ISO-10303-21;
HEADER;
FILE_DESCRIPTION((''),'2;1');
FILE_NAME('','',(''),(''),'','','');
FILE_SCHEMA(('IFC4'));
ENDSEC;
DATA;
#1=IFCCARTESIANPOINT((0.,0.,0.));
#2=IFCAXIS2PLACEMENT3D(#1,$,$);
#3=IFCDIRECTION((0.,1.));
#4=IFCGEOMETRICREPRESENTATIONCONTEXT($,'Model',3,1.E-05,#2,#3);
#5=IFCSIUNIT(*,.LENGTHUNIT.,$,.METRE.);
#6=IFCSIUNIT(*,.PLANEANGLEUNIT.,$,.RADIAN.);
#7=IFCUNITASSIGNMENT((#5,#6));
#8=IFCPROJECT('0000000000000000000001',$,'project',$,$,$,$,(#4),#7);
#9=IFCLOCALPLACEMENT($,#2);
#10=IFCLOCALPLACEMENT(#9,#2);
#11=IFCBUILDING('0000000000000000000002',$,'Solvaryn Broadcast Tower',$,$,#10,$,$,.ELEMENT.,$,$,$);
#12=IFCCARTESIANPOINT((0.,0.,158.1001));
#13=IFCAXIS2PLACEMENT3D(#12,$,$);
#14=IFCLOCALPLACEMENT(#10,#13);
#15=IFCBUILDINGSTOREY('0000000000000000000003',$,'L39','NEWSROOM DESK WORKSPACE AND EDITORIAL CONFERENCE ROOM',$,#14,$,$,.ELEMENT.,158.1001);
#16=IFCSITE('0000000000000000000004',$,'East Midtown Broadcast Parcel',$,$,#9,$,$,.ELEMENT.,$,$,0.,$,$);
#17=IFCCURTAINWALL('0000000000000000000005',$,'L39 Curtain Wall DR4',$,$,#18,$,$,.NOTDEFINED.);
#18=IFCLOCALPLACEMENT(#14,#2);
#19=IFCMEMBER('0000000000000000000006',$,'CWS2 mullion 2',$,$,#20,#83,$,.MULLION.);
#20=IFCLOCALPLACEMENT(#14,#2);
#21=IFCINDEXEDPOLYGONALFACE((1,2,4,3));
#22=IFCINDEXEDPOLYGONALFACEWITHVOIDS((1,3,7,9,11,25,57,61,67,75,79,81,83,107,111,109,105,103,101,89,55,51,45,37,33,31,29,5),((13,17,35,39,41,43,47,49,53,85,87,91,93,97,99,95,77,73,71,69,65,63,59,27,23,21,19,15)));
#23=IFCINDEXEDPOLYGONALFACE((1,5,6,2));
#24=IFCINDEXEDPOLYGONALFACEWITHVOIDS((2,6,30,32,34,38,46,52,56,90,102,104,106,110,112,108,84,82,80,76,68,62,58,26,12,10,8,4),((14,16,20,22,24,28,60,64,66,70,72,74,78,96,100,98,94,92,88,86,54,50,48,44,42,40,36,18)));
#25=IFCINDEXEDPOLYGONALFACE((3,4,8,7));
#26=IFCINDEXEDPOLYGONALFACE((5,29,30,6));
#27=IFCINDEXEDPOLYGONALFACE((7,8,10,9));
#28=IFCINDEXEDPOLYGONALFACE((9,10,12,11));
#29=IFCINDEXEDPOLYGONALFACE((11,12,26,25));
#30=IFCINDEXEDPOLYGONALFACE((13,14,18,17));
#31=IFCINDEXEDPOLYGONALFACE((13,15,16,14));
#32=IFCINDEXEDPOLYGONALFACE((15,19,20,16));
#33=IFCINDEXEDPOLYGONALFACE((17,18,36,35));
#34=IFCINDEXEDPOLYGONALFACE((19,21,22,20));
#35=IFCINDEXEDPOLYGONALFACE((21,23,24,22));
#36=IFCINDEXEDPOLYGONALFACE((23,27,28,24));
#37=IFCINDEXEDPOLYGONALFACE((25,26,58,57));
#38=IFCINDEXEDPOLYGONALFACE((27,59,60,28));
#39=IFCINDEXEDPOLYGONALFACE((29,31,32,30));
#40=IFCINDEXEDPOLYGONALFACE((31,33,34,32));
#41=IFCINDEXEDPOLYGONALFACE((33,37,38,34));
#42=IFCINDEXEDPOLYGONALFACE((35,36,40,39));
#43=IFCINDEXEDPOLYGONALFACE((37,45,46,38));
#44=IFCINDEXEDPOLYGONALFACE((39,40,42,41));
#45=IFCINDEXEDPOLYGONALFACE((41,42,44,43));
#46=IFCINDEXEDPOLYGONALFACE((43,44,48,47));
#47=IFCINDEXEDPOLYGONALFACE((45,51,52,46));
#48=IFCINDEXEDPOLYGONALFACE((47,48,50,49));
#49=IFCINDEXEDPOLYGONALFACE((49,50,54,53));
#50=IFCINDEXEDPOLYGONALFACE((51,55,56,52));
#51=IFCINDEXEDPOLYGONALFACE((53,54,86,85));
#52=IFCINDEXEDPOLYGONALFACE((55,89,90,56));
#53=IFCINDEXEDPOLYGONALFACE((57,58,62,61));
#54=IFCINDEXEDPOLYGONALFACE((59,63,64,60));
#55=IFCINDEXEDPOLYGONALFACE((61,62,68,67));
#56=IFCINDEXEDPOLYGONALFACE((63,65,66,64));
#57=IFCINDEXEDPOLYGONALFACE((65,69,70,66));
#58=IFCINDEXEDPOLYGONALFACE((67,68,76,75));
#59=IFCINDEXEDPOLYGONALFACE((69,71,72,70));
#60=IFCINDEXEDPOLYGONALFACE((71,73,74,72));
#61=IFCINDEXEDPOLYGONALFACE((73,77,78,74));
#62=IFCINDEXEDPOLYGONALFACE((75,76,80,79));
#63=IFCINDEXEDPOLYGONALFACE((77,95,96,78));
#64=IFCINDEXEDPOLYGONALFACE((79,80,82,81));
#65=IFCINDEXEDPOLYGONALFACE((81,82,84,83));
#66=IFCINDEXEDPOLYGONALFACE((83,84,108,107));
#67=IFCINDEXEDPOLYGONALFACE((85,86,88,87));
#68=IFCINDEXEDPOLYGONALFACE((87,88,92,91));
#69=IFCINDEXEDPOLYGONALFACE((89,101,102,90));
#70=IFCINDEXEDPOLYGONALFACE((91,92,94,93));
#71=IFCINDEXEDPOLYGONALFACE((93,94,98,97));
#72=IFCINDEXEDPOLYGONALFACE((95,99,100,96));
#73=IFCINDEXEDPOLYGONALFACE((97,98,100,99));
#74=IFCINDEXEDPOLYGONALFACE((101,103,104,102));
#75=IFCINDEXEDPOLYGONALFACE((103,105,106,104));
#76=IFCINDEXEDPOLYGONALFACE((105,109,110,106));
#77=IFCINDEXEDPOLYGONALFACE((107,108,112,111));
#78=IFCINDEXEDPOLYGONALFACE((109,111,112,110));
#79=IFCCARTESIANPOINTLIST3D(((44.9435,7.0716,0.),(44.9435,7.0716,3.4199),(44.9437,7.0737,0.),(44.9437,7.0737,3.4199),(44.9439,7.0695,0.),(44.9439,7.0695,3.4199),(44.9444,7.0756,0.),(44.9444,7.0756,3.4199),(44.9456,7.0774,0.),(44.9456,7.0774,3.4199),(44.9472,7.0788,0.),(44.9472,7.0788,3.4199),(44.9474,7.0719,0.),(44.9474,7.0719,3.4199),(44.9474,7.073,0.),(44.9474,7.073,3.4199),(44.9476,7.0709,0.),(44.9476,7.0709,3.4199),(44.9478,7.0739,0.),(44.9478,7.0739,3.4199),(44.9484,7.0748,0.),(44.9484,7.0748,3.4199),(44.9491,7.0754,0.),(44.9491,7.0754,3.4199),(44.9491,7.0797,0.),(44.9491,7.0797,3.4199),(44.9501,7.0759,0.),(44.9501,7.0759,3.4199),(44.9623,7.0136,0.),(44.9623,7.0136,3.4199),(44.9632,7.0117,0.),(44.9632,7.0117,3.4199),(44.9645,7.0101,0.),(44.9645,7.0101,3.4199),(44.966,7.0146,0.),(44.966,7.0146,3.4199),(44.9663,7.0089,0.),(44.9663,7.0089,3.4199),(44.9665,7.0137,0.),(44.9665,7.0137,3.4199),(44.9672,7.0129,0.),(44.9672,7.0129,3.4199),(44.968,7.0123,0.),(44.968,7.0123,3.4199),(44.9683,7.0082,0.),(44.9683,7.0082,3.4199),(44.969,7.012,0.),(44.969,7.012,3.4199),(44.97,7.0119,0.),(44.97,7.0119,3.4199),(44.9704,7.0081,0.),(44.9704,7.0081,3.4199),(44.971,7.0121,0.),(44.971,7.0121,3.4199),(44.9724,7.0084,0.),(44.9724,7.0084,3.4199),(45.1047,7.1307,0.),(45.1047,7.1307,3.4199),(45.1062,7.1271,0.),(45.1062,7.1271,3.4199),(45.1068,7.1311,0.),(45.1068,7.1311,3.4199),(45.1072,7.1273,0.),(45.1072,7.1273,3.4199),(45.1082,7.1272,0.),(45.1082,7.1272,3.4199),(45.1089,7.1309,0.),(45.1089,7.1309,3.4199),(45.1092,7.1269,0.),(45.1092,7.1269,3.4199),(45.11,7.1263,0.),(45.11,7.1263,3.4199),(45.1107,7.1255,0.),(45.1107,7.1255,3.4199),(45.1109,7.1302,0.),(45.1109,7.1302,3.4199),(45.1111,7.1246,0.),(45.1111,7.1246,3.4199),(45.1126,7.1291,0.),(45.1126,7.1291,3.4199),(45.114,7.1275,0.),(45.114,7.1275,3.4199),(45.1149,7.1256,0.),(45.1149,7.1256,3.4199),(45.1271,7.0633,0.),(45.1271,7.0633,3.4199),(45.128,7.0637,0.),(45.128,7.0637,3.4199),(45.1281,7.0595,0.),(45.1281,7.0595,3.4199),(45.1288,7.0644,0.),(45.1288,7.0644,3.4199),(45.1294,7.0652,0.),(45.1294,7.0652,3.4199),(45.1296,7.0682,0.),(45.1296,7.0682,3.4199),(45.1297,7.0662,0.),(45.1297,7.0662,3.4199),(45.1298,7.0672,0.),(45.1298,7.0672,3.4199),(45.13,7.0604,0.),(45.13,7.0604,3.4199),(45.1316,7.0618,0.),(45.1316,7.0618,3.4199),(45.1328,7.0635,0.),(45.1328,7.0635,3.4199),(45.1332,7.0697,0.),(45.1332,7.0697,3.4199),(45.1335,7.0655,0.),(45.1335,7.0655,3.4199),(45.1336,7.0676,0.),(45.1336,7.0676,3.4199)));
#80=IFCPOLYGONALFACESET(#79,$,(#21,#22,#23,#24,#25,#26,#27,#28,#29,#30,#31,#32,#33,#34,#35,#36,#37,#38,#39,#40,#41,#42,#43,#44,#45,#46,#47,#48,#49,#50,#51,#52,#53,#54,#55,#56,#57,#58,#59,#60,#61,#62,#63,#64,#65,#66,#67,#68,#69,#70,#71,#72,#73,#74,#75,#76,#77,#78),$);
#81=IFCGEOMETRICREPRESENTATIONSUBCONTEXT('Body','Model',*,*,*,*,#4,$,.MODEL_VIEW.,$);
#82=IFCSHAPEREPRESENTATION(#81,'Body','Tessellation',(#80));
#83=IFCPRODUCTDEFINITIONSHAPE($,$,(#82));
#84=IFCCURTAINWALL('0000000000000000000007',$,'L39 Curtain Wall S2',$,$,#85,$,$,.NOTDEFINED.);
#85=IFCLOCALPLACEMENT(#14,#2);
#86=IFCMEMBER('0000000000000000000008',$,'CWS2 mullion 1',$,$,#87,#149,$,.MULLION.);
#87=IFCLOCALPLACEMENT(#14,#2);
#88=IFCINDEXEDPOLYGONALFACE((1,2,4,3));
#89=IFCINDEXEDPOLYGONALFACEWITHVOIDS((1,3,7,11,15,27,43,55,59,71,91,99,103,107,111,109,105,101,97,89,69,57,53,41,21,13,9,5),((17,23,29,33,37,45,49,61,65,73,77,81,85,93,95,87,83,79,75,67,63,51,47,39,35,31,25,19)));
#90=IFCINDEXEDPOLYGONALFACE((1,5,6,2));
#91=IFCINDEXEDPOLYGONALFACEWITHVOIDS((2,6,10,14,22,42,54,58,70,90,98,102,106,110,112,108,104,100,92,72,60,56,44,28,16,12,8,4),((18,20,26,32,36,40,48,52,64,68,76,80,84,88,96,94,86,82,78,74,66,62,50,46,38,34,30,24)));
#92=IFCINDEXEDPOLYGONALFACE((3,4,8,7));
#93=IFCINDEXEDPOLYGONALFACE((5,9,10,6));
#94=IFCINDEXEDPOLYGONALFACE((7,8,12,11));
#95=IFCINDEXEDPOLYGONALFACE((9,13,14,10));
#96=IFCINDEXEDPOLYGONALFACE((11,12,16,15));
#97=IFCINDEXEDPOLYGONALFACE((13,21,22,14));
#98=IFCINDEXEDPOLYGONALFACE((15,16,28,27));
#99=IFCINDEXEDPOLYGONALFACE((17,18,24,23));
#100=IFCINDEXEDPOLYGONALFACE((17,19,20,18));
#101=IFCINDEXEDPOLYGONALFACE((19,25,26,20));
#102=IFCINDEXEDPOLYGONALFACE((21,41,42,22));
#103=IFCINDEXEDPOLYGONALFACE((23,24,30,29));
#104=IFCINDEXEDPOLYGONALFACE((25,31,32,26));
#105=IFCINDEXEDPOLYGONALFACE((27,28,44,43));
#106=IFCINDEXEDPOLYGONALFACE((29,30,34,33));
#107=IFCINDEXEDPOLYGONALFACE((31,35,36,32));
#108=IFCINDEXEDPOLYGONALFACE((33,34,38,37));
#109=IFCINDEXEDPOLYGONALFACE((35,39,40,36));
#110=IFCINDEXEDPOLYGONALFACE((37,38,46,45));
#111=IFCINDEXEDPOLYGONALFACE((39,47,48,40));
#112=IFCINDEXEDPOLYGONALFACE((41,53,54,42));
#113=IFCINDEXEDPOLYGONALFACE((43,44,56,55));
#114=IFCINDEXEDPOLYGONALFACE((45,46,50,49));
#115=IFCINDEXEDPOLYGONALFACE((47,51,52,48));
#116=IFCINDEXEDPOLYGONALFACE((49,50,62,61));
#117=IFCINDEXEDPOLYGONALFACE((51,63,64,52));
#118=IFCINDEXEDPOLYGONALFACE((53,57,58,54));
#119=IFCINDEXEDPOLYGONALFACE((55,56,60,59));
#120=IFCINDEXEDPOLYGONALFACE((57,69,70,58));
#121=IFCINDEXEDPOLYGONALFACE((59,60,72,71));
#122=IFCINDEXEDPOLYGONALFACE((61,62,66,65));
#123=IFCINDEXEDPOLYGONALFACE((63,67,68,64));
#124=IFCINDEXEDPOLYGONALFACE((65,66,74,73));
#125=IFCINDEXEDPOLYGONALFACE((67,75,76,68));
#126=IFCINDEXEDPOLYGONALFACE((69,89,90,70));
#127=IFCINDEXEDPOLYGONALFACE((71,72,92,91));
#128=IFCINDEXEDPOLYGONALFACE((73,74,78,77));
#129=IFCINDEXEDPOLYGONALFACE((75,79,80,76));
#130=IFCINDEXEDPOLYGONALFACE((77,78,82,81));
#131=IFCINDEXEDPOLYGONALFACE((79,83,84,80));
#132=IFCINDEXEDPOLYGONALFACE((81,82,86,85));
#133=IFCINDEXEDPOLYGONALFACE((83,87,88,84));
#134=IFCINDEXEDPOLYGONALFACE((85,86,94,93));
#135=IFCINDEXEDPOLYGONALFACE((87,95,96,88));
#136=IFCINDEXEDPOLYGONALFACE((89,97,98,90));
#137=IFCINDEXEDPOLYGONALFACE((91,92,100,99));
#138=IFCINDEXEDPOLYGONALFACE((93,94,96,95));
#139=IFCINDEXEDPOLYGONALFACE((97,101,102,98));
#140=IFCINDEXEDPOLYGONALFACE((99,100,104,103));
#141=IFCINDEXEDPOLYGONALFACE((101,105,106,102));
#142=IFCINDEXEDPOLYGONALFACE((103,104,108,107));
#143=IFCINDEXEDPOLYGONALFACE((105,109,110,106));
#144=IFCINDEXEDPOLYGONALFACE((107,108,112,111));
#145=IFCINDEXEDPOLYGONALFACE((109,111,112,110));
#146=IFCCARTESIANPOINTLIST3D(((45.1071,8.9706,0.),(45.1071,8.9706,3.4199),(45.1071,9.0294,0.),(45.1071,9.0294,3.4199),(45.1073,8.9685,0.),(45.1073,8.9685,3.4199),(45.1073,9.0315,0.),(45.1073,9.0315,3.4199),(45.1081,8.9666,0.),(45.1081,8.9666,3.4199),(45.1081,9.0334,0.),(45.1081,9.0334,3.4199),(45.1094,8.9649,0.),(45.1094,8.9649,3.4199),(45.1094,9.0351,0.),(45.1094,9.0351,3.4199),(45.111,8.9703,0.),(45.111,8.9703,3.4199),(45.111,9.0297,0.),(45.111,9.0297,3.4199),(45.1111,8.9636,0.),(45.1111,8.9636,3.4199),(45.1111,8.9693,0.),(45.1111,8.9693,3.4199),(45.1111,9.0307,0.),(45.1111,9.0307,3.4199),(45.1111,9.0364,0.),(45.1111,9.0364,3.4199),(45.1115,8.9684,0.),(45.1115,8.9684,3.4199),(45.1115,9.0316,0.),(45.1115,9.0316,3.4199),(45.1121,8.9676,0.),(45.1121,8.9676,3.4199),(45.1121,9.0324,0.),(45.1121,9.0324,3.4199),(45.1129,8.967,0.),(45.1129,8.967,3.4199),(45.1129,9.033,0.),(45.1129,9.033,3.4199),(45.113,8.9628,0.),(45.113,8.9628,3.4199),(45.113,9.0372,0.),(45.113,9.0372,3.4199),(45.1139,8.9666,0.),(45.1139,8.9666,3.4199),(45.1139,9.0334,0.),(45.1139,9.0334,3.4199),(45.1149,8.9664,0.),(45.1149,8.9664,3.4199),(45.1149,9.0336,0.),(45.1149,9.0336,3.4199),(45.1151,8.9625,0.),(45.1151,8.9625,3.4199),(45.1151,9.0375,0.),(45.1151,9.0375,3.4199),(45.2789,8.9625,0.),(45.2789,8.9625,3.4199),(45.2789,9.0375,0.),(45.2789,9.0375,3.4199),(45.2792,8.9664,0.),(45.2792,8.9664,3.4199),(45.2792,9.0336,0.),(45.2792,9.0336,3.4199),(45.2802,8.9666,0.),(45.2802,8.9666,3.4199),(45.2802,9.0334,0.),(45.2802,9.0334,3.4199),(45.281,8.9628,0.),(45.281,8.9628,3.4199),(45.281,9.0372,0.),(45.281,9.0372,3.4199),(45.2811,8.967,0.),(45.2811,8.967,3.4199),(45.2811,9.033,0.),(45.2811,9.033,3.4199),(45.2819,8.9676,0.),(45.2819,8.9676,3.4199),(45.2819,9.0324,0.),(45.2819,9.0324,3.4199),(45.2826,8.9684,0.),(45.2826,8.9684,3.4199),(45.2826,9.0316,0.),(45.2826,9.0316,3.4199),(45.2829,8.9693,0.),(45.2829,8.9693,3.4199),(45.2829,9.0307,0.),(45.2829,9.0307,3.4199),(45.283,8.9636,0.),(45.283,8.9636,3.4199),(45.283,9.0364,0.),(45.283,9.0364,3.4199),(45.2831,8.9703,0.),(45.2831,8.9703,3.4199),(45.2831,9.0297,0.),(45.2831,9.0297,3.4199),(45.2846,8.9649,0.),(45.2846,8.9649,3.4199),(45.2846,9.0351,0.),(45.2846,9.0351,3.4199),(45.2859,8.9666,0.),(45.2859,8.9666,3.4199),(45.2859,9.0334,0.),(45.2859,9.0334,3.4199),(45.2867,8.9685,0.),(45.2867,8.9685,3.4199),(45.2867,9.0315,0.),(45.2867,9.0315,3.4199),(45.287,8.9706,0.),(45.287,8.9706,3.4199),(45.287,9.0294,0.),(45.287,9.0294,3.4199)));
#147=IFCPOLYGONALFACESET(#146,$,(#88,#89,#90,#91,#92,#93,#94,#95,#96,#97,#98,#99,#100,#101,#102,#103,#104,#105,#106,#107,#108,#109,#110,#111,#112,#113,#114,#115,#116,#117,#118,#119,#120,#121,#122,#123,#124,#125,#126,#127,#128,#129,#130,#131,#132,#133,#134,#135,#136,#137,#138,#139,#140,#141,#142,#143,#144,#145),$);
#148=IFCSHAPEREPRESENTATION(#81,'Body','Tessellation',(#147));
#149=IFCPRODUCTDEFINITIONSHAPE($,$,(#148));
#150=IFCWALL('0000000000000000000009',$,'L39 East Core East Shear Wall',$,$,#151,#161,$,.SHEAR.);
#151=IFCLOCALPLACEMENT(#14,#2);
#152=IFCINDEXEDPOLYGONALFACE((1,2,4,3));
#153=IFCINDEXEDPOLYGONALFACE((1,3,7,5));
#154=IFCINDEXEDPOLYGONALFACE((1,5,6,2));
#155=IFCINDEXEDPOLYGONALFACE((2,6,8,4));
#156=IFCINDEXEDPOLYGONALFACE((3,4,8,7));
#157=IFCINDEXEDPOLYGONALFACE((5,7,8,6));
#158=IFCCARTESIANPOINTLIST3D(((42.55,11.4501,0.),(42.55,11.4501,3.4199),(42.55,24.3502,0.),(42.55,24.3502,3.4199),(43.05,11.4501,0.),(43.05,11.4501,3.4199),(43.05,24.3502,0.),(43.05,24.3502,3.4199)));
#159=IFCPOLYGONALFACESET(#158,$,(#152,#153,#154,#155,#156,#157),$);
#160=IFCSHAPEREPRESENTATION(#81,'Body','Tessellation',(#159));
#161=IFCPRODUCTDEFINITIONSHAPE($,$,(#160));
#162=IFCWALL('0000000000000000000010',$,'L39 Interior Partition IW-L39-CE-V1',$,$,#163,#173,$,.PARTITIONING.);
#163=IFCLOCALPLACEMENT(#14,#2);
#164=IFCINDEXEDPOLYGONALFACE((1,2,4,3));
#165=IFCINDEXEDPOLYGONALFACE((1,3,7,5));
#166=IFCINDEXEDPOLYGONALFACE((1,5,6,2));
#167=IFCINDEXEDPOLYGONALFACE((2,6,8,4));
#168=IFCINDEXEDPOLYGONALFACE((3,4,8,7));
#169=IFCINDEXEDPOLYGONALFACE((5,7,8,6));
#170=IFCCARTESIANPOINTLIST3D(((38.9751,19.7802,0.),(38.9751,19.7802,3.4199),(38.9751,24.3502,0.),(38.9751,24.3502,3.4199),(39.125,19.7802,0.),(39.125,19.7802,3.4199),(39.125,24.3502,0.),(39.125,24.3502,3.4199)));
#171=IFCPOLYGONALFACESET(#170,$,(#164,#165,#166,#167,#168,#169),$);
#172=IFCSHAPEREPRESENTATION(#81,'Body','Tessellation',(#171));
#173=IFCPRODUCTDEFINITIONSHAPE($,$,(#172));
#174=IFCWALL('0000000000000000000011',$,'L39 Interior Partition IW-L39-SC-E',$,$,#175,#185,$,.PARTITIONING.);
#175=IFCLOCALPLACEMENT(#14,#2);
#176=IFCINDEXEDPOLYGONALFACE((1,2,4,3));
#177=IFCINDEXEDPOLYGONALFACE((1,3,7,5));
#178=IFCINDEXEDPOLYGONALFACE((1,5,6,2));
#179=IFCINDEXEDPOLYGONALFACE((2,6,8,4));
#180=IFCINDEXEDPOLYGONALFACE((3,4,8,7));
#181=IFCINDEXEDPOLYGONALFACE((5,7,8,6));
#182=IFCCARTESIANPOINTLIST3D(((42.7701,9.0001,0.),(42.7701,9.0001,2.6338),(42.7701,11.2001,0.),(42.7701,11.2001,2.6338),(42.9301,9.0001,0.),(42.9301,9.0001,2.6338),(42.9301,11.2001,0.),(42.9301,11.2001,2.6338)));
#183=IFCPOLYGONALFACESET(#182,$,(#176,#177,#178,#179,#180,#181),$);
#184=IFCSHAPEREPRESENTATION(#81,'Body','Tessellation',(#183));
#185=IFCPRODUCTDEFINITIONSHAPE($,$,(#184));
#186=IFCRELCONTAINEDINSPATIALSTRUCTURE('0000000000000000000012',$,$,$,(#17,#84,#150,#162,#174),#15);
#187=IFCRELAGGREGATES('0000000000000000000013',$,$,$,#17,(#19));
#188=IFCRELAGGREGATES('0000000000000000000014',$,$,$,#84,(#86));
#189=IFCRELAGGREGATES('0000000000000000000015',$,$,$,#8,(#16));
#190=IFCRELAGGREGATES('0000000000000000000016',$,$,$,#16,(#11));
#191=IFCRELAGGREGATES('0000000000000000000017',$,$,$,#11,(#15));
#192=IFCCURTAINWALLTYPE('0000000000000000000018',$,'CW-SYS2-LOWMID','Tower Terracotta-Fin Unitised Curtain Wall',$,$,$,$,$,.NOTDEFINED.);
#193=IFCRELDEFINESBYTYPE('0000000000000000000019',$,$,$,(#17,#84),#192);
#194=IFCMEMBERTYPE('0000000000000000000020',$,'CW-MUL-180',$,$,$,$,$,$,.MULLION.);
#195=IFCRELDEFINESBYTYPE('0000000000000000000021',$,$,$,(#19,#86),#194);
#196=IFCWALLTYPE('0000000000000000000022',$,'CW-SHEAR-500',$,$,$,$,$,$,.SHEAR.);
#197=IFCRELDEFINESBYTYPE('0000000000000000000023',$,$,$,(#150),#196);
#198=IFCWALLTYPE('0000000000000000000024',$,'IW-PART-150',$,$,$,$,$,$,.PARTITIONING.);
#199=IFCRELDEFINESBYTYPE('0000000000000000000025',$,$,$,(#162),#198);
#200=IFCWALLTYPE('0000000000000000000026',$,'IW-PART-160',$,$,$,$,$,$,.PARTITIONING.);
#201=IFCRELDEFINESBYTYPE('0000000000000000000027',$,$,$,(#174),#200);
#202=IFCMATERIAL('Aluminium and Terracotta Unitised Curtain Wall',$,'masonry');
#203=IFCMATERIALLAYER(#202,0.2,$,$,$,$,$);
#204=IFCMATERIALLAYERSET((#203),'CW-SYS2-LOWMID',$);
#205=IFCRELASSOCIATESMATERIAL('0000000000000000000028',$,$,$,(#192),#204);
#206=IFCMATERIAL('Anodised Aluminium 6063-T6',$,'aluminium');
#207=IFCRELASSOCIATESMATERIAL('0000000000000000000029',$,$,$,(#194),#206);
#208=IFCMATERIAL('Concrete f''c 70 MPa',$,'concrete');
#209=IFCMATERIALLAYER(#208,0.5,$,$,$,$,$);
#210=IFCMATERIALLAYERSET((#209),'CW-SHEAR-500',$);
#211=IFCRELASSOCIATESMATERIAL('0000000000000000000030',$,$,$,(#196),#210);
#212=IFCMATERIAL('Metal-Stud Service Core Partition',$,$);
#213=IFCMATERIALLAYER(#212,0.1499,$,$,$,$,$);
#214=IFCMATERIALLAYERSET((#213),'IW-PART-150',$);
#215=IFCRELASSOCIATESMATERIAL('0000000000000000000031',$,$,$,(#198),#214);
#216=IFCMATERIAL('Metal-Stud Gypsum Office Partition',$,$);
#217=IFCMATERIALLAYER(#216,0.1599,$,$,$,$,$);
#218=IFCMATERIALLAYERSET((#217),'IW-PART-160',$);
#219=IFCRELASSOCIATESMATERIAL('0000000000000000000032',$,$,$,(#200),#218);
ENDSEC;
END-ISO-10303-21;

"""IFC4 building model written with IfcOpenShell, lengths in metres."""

from ifc_helpers import new_model, si_unit, direction, frame, frame_2d, origin, origin_2d, place, context, subcontext, project, spatial, rectangle, hollow_rectangle, extrude, material, layer, layer_set, material_profile, profile_set, type_object, element, aggregate, save


model = new_model("IFC4")

# Units and contexts
model_context = context("Model", 3, precision=1e-05, world=origin(), true_north=direction((0.0, 1.0)))
body_context = subcontext(model_context, "Body", "Model", "MODEL_VIEW")
ifc_project = project(units=[si_unit("LENGTHUNIT", "METRE"), si_unit("PLANEANGLEUNIT", "RADIAN")], contexts=[model_context])

# Site, building, storey
site_placement = place(None, origin())
site = spatial("IfcSite", under=ifc_project, at=site_placement, Name="East Midtown Broadcast Parcel", CompositionType="ELEMENT", RefElevation=0.0)
building_placement = place(site_placement, origin())
building = spatial("IfcBuilding", under=site, at=building_placement, Name="Solvaryn Broadcast Tower", CompositionType="ELEMENT")
storey_placement = place(building_placement, frame((0.0, 0.0, 158.1001)))
storey = spatial("IfcBuildingStorey", under=building, at=storey_placement, Name="L39", Description="NEWSROOM DESK WORKSPACE AND EDITORIAL CONFERENCE ROOM", CompositionType="ELEMENT", Elevation=158.1001)

# Curtain walls, members
ifc_material_1 = material(Name="Aluminium and Terracotta Unitised Curtain Wall", Category="masonry")
ifc_layer_1 = layer(ifc_material_1, 0.2)
ifc_layer_set_1 = layer_set([ifc_layer_1], Name="CW-SYS2-LOWMID")
curtain_wall_type = type_object("IfcCurtainWallType", Name="CW-SYS2-LOWMID", Description="Tower Terracotta-Fin Unitised Curtain Wall", PredefinedType="NOTDEFINED", material=ifc_layer_set_1)
curtain_wall_1_placement = place(storey_placement, origin())
curtain_wall_1 = element("IfcCurtainWall", 1, at=curtain_wall_1_placement, inside=storey, type_object=curtain_wall_type, Name="L39 Curtain Wall DR4", PredefinedType="NOTDEFINED")
ifc_material_2 = material(Name="Anodised Aluminium 6063-T6", Category="aluminium")
ifc_material_profile_1 = material_profile(ifc_material_2, hollow_rectangle(XDim=0.075, YDim=0.1799, WallThickness=0.0039, InnerFilletRadius=0.0039, OuterFilletRadius=0.0081, at=origin_2d()))
ifc_profile_set_1 = profile_set([ifc_material_profile_1], Name="Anodised Aluminium 6063-T6")
member_type = type_object("IfcMemberType", Name="CW-MUL-180", PredefinedType="MULLION", material=ifc_profile_set_1)
member_1_placement = place(storey_placement, frame((45.0386, 7.0696, 0.0), z_axis=(0.0, 0.0, 1.0), x_axis=(-0.311646, 0.950198, 0.0)))
member_1 = element("IfcMember", 2, at=member_1_placement, type_object=member_type, Name="CWS2 mullion 2", PredefinedType="MULLION", context=body_context, shape_type="SweptSolid", body=[
    extrude(hollow_rectangle(XDim=0.075, YDim=0.1799, WallThickness=0.0039, InnerFilletRadius=0.0039, OuterFilletRadius=0.0081, at=origin_2d()), origin(), (0.0, 0.0, 1.0), 3.4199),
])
aggregate(curtain_wall_1, [member_1])
curtain_wall_2_placement = place(storey_placement, origin())
curtain_wall_2 = element("IfcCurtainWall", 3, at=curtain_wall_2_placement, inside=storey, type_object=curtain_wall_type, Name="L39 Curtain Wall S2", PredefinedType="NOTDEFINED")
member_2_placement = place(storey_placement, frame((45.197, 9.0, 0.0), z_axis=(0.0, 0.0, 1.0), x_axis=(0.0, 1.0, 0.0)))
member_2 = element("IfcMember", 4, at=member_2_placement, type_object=member_type, Name="CWS2 mullion 1", PredefinedType="MULLION", context=body_context, shape_type="SweptSolid", body=[
    extrude(hollow_rectangle(XDim=0.075, YDim=0.1799, WallThickness=0.0039, InnerFilletRadius=0.0039, OuterFilletRadius=0.0081, at=origin_2d()), origin(), (0.0, 0.0, 1.0), 3.4199),
])
aggregate(curtain_wall_2, [member_2])

# Walls
ifc_material_3 = material(Name="Concrete f'c 70 MPa", Category="concrete")
ifc_layer_2 = layer(ifc_material_3, 0.5)
ifc_layer_set_2 = layer_set([ifc_layer_2], Name="CW-SHEAR-500")
wall_type_1 = type_object("IfcWallType", Name="CW-SHEAR-500", PredefinedType="SHEAR", material=ifc_layer_set_2)
wall_1_placement = place(storey_placement, frame((42.8, 11.45, 0.0), z_axis=(0.0, 0.0, 1.0), x_axis=(0.0, 1.0, 0.0)))
element("IfcWall", 5, at=wall_1_placement, inside=storey, type_object=wall_type_1, Name="L39 East Core East Shear Wall", PredefinedType="SHEAR", context=body_context, shape_type="SweptSolid", body=[
    extrude(rectangle(XDim=12.9001, YDim=0.5, at=frame_2d((6.4502, 0.0))), origin(), (0.0, 0.0, 1.0), 3.4199),
])
ifc_material_4 = material(Name="Metal-Stud Service Core Partition")
ifc_layer_3 = layer(ifc_material_4, 0.1499)
ifc_layer_set_3 = layer_set([ifc_layer_3], Name="IW-PART-150")
wall_type_2 = type_object("IfcWallType", Name="IW-PART-150", PredefinedType="PARTITIONING", material=ifc_layer_set_3)
wall_2_placement = place(storey_placement, frame((39.05, 19.78, 0.0), z_axis=(0.0, 0.0, 1.0), x_axis=(0.0, 1.0, 0.0)))
element("IfcWall", 6, at=wall_2_placement, inside=storey, type_object=wall_type_2, Name="L39 Interior Partition IW-L39-CE-V1", PredefinedType="PARTITIONING", context=body_context, shape_type="SweptSolid", body=[
    extrude(rectangle(XDim=4.5701, YDim=0.1499, at=frame_2d((2.2852, 0.0))), origin(), (0.0, 0.0, 1.0), 3.4199),
])
ifc_material_5 = material(Name="Metal-Stud Gypsum Office Partition")
ifc_layer_4 = layer(ifc_material_5, 0.1599)
ifc_layer_set_4 = layer_set([ifc_layer_4], Name="IW-PART-160")
wall_type_3 = type_object("IfcWallType", Name="IW-PART-160", PredefinedType="PARTITIONING", material=ifc_layer_set_4)
wall_3_placement = place(storey_placement, frame((42.8501, 9.0, 0.0), z_axis=(0.0, 0.0, 1.0), x_axis=(0.0, 1.0, 0.0)))
element("IfcWall", 7, at=wall_3_placement, inside=storey, type_object=wall_type_3, Name="L39 Interior Partition IW-L39-SC-E", PredefinedType="PARTITIONING", context=body_context, shape_type="SweptSolid", body=[
    extrude(rectangle(XDim=2.2, YDim=0.1599, at=frame_2d((1.1001, 0.0))), origin(), (0.0, 0.0, 1.0), 2.6338),
])

save(model, "model.ifc")
